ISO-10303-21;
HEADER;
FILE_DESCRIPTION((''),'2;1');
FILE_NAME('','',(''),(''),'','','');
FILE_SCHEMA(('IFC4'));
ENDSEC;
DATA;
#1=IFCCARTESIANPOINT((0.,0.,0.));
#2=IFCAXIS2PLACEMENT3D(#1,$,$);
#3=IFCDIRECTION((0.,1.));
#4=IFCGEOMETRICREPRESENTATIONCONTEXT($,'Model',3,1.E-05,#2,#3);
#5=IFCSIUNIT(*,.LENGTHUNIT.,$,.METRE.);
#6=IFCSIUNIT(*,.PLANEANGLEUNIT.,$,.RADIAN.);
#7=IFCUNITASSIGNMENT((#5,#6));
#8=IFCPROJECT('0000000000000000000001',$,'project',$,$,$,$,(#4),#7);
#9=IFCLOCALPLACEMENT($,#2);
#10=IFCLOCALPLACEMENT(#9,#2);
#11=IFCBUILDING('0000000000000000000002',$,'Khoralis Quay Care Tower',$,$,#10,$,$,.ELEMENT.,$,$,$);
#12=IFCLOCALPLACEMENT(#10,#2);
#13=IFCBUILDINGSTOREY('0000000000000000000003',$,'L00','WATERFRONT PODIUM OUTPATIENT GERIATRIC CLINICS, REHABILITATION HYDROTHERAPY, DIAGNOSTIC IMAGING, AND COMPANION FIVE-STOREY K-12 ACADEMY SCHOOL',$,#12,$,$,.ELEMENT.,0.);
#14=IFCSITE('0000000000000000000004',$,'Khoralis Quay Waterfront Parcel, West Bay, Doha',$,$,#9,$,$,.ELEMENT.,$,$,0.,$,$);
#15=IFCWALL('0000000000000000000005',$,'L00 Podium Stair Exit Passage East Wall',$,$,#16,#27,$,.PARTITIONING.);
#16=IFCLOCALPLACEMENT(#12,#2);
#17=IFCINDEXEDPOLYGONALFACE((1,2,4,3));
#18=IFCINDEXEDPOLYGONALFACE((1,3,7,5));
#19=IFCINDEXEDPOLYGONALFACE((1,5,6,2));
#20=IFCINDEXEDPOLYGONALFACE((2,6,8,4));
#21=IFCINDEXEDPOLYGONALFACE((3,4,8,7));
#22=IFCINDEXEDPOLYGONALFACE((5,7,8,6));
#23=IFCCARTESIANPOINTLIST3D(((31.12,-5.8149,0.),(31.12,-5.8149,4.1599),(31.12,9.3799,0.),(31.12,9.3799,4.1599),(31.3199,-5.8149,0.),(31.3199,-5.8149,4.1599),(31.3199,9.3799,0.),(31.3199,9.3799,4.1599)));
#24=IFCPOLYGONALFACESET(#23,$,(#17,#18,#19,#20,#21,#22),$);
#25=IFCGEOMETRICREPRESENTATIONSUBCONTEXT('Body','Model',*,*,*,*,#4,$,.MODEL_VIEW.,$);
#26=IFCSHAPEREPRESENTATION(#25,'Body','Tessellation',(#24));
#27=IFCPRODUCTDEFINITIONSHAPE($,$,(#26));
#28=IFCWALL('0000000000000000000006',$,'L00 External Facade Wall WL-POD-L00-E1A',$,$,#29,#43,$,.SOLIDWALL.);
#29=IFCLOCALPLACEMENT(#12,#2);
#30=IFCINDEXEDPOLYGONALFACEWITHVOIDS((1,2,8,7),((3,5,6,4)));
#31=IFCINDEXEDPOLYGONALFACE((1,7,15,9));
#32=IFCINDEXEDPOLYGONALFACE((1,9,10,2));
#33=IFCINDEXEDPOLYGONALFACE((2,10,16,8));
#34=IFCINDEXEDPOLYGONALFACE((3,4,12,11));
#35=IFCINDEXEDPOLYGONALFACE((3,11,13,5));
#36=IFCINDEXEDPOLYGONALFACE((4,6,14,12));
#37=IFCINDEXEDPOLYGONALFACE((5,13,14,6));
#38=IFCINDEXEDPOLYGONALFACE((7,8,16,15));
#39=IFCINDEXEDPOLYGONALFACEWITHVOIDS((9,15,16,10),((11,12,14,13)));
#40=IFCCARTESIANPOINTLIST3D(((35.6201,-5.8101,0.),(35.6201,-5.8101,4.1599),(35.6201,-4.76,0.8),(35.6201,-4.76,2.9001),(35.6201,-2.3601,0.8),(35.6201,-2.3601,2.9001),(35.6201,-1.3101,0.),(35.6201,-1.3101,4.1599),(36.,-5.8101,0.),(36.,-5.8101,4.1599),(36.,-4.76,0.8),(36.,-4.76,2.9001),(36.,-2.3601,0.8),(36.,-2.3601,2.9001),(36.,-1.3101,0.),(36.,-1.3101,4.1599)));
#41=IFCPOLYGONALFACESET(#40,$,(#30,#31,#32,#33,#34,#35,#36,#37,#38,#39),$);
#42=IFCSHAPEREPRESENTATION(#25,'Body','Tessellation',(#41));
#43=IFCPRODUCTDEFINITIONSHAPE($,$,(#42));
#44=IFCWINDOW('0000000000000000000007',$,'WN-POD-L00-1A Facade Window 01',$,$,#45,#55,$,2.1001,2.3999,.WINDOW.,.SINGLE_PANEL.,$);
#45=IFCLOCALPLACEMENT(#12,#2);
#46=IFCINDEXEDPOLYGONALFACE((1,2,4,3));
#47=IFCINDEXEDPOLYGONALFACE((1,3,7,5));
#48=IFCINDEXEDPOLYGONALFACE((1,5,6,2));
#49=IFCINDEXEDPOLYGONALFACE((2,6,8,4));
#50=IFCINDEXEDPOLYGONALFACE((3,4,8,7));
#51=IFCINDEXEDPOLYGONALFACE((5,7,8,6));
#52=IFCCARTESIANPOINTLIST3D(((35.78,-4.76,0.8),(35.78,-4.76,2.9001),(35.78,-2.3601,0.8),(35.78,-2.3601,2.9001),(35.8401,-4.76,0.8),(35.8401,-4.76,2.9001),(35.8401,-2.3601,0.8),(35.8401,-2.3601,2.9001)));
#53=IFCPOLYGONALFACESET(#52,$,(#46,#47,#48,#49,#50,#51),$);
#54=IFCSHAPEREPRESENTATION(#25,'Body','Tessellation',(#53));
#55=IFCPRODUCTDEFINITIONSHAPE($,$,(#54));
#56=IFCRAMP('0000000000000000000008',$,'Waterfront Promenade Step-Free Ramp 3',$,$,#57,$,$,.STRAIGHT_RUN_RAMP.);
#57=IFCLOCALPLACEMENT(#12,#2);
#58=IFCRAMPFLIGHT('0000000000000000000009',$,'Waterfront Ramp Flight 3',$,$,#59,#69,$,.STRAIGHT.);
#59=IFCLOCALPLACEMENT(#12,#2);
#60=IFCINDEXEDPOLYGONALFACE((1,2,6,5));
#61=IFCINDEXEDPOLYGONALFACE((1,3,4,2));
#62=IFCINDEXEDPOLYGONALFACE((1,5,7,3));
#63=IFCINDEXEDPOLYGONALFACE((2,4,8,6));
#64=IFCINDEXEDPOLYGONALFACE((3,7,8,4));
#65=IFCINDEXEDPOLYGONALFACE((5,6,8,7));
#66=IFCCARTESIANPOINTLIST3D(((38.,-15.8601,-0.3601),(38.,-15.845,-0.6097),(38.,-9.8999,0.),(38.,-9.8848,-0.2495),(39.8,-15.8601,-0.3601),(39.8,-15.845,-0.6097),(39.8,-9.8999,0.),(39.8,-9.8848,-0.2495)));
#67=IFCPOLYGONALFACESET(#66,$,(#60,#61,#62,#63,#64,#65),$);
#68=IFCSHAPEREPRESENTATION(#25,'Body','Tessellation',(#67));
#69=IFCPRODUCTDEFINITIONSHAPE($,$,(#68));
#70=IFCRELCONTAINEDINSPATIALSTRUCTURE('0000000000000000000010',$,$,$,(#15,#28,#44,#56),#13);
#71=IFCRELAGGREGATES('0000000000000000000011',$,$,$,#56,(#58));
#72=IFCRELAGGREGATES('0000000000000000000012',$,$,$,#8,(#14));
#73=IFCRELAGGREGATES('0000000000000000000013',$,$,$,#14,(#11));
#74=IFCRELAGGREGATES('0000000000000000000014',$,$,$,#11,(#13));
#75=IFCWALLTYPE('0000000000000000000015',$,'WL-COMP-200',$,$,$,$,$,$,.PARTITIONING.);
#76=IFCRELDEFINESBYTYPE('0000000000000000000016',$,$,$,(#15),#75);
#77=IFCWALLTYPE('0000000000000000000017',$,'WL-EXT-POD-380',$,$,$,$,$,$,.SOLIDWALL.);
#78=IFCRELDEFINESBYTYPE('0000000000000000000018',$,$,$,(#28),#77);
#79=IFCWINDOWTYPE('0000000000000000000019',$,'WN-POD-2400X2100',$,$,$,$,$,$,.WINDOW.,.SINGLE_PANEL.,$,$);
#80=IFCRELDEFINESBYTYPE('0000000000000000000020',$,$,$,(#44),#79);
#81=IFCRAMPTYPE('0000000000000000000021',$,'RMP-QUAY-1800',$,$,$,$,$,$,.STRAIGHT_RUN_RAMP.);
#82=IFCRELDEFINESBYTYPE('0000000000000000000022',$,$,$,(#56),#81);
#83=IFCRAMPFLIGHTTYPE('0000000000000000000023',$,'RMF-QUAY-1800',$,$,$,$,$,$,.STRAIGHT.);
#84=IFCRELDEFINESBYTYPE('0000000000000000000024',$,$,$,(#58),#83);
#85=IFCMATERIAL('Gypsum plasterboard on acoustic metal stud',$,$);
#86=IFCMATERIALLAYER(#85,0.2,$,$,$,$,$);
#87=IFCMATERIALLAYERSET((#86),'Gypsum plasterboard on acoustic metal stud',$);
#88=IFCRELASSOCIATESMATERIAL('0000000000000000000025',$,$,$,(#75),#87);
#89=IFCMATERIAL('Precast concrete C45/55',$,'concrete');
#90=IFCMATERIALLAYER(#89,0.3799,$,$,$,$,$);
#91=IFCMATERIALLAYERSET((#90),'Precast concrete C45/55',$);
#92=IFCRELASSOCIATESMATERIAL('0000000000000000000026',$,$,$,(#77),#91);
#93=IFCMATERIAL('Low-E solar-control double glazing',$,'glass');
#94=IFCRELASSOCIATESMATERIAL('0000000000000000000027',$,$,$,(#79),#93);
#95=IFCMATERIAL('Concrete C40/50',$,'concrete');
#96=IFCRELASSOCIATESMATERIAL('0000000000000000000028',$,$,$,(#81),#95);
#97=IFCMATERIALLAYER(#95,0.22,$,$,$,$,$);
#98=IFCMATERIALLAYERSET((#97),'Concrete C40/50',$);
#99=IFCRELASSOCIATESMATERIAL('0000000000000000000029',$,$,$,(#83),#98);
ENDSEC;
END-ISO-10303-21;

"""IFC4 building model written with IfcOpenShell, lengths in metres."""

from ifc_helpers import new_model, si_unit, direction, frame, frame_2d, origin, place, context, subcontext, project, spatial, polyline, rectangle, outline, extrude, source, transform, mapped, material, layer, layer_set, type_object, element, fill, aggregate, save


model = new_model("IFC4")

# Units and contexts
model_context = context("Model", 3, precision=1e-05, world=origin(), true_north=direction((0.0, 1.0)))
body_context = subcontext(model_context, "Body", "Model", "MODEL_VIEW")
ifc_project = project(units=[si_unit("LENGTHUNIT", "METRE"), si_unit("PLANEANGLEUNIT", "RADIAN")], contexts=[model_context])

# Site, building, storey
site_placement = place(None, origin())
site = spatial("IfcSite", under=ifc_project, at=site_placement, Name="Khoralis Quay Waterfront Parcel, West Bay, Doha", CompositionType="ELEMENT", RefElevation=0.0)
building_placement = place(site_placement, origin())
building = spatial("IfcBuilding", under=site, at=building_placement, Name="Khoralis Quay Care Tower", CompositionType="ELEMENT")
storey_placement = place(building_placement, origin())
storey = spatial("IfcBuildingStorey", under=building, at=storey_placement, Name="L00", Description="WATERFRONT PODIUM OUTPATIENT GERIATRIC CLINICS, REHABILITATION HYDROTHERAPY, DIAGNOSTIC IMAGING, AND COMPANION FIVE-STOREY K-12 ACADEMY SCHOOL", CompositionType="ELEMENT", Elevation=0.0)

# Shared definitions
ifc_material_1 = material(Name="Low-E solar-control double glazing", Category="glass")

# Wall
ifc_material_2 = material(Name="Gypsum plasterboard on acoustic metal stud")
ifc_layer_1 = layer(ifc_material_2, 0.2)
ifc_layer_set_1 = layer_set([ifc_layer_1], Name="Gypsum plasterboard on acoustic metal stud")
wall_type_1 = type_object("IfcWallType", Name="WL-COMP-200", PredefinedType="PARTITIONING", material=ifc_layer_set_1)
wall_1_placement = place(storey_placement, frame((31.22, -5.8149, 0.0), z_axis=(0.0, 0.0, 1.0), x_axis=(0.0, 1.0, 0.0)))
element("IfcWall", 1, at=wall_1_placement, inside=storey, type_object=wall_type_1, Name="L00 Podium Stair Exit Passage East Wall", PredefinedType="PARTITIONING", context=body_context, shape_type="SweptSolid", body=[
    extrude(rectangle(XDim=15.1948, YDim=0.2, at=frame_2d((7.5974, 0.0))), origin(), (0.0, 0.0, 1.0), 4.1599),
])

# Wall, opening, window
ifc_material_3 = material(Name="Precast concrete C45/55", Category="concrete")
ifc_layer_2 = layer(ifc_material_3, 0.3799)
ifc_layer_set_2 = layer_set([ifc_layer_2], Name="Precast concrete C45/55")
wall_type_2 = type_object("IfcWallType", Name="WL-EXT-POD-380", PredefinedType="SOLIDWALL", material=ifc_layer_set_2)
wall_2_placement = place(storey_placement, frame((35.8101, -5.8101, 0.0), z_axis=(0.0, 0.0, 1.0), x_axis=(0.0, 1.0, 0.0)))
wall_2 = element("IfcWall", 2, at=wall_2_placement, inside=storey, type_object=wall_type_2, Name="L00 External Facade Wall WL-POD-L00-E1A", PredefinedType="SOLIDWALL", context=body_context, shape_type="SweptSolid", body=[
    extrude(rectangle(XDim=4.5, YDim=0.3799, at=frame_2d((2.25, 0.0))), origin(), (0.0, 0.0, 1.0), 4.1599),
])
opening_placement = place(wall_2_placement, frame((1.05, 0.0, 0.8)))
opening = element("IfcOpeningElement", 3, at=opening_placement, cuts=wall_2, PredefinedType="OPENING", context=body_context, shape_type="SweptSolid", body=[
    extrude(rectangle(XDim=2.3999, YDim=2.1001, at=frame_2d((1.2, 1.05))), frame((0.0, 0.2, 0.0), z_axis=(0.0, -1.0, 0.0), x_axis=(1.0, 0.0, 0.0)), (0.0, 0.0, 1.0), 0.3999),
])
window_type = type_object("IfcWindowType", Name="WN-POD-2400X2100", PartitioningType="SINGLE_PANEL", PredefinedType="WINDOW", material=ifc_material_1)
shared_shape_1 = source(origin(), body_context, "Body", "SweptSolid", [
    extrude(rectangle(XDim=2.3999, YDim=2.1001, at=frame_2d((1.2, 1.05))), frame((0.0, 0.03, 0.0), z_axis=(0.0, -1.0, 0.0), x_axis=(1.0, 0.0, 0.0)), (0.0, 0.0, 1.0), 0.0601),
])
window_placement = place(opening_placement, origin())
window = element("IfcWindow", 4, at=window_placement, inside=storey, type_object=window_type, Name="WN-POD-L00-1A Facade Window 01", OverallHeight=2.1001, OverallWidth=2.3999, PartitioningType="SINGLE_PANEL", PredefinedType="WINDOW", context=body_context, shape_type="MappedRepresentation", body=[
    mapped(shared_shape_1, transform((0.0, 0.0, 0.0), scale=1.0)),
])
fill(opening, window)

# Ramp, ramp flight
ifc_material_4 = material(Name="Concrete C40/50", Category="concrete")
ramp_type = type_object("IfcRampType", Name="RMP-QUAY-1800", PredefinedType="STRAIGHT_RUN_RAMP", material=ifc_material_4)
ramp_placement = place(storey_placement, origin())
ramp = element("IfcRamp", 5, at=ramp_placement, inside=storey, type_object=ramp_type, Name="Waterfront Promenade Step-Free Ramp 3", PredefinedType="STRAIGHT_RUN_RAMP")
ifc_layer_3 = layer(ifc_material_4, 0.22)
ifc_layer_set_3 = layer_set([ifc_layer_3], Name="Concrete C40/50")
ramp_flight_type = type_object("IfcRampFlightType", Name="RMF-QUAY-1800", PredefinedType="STRAIGHT", material=ifc_layer_set_3)
ramp_flight_placement = place(storey_placement, frame((38.0, -15.8601, -0.3601), z_axis=(0.0, -0.060309, 0.99818), x_axis=(1.0, 0.0, 0.0)))
ramp_flight = element("IfcRampFlight", 6, at=ramp_flight_placement, type_object=ramp_flight_type, Name="Waterfront Ramp Flight 3", PredefinedType="STRAIGHT", context=body_context, shape_type="SweptSolid", body=[
    extrude(outline(polyline([(0.0, 0.0), (1.8, 0.0), (1.8, 5.9711), (0.0, 5.9711), (0.0, 0.0)])), origin(), (0.0, 0.0, -1.0), 0.25),
])
aggregate(ramp, [ramp_flight])

save(model, "model.ifc")
